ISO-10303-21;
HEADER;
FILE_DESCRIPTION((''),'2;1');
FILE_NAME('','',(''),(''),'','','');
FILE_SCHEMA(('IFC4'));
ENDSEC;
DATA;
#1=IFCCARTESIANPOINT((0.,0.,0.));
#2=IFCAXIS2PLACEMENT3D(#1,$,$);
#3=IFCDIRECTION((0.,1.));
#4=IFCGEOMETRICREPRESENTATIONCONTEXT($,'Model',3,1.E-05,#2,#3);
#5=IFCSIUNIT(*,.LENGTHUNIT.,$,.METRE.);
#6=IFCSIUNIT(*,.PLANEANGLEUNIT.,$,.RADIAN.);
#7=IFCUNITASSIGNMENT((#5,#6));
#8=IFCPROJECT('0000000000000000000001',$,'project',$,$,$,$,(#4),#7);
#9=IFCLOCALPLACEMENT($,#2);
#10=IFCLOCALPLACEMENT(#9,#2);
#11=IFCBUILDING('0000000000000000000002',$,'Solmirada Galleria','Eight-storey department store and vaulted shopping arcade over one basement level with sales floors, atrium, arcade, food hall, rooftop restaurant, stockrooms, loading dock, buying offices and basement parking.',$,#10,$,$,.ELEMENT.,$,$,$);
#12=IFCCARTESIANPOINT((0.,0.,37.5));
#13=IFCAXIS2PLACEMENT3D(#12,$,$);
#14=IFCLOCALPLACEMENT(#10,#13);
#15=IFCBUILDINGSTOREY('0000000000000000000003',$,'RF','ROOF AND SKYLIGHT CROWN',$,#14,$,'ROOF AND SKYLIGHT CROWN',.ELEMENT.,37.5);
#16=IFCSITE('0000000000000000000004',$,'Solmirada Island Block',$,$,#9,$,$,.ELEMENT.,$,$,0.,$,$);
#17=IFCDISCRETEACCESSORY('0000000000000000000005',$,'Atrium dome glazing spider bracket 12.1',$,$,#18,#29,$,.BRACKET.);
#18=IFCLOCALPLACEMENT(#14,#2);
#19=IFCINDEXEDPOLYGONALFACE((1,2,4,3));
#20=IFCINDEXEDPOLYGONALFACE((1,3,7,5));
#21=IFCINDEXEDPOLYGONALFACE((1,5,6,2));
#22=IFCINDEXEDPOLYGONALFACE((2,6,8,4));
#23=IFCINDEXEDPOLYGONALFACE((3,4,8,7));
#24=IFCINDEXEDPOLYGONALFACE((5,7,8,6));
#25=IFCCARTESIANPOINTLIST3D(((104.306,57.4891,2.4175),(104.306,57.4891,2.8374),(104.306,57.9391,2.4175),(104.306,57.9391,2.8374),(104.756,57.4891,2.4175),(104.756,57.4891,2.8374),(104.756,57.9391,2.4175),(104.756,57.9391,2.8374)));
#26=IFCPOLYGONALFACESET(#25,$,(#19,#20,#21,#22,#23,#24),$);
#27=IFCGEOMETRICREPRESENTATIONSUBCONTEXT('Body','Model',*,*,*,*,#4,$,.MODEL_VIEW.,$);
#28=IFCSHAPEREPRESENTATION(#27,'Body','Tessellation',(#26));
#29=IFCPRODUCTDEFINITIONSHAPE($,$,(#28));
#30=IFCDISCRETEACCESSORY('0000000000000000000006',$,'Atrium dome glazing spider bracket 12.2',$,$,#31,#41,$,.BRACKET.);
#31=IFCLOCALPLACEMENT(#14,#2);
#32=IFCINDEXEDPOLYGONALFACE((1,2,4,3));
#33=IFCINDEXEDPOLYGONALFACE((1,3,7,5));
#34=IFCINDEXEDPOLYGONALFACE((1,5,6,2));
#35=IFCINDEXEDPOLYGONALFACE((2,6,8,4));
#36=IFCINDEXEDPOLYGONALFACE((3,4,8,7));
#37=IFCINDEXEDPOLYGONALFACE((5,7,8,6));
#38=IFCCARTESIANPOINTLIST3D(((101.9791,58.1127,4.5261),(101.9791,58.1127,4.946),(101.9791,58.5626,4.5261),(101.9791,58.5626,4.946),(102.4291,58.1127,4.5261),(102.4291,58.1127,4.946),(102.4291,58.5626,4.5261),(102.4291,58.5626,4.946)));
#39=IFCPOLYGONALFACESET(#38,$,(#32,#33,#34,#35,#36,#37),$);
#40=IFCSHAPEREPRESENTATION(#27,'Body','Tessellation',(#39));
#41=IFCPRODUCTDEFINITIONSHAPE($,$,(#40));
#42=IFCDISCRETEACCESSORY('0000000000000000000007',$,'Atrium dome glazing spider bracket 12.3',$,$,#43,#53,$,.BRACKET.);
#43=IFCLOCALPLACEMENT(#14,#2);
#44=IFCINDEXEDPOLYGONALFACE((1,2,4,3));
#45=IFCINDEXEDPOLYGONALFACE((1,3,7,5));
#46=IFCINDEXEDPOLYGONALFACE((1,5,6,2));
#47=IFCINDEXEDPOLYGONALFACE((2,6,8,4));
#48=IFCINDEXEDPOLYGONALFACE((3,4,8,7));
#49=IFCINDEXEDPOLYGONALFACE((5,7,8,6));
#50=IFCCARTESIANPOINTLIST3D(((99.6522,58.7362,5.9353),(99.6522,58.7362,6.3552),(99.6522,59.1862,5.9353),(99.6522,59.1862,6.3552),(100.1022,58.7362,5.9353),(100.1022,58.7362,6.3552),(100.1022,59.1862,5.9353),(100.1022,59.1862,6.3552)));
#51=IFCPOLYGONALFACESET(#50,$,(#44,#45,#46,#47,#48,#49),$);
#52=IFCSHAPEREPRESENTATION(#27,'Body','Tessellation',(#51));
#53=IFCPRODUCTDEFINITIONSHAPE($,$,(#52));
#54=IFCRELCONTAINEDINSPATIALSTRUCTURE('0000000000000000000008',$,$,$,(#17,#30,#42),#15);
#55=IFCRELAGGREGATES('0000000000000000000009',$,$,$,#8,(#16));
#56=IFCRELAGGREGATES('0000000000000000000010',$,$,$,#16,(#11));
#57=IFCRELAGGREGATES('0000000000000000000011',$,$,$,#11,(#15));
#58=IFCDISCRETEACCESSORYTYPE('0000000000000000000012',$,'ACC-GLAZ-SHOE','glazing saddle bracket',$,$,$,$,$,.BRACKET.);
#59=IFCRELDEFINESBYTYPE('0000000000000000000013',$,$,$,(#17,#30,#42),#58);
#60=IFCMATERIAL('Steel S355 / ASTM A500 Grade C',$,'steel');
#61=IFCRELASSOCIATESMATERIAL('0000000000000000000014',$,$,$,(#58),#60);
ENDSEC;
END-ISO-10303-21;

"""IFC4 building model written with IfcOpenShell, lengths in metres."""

from ifc_helpers import new_model, si_unit, direction, frame, origin, origin_2d, place, context, subcontext, project, spatial, rectangle, extrude, material, type_object, element, save


model = new_model("IFC4")

# Units and contexts
model_context = context("Model", 3, precision=1e-05, world=origin(), true_north=direction((0.0, 1.0)))
body_context = subcontext(model_context, "Body", "Model", "MODEL_VIEW")
ifc_project = project(units=[si_unit("LENGTHUNIT", "METRE"), si_unit("PLANEANGLEUNIT", "RADIAN")], contexts=[model_context])

# Site, building, storey
site_placement = place(None, origin())
site = spatial("IfcSite", under=ifc_project, at=site_placement, Name="Solmirada Island Block", CompositionType="ELEMENT", RefElevation=0.0)
building_placement = place(site_placement, origin())
building = spatial("IfcBuilding", under=site, at=building_placement, Name="Solmirada Galleria", Description="Eight-storey department store and vaulted shopping arcade over one basement level with sales floors, atrium, arcade, food hall, rooftop restaurant, stockrooms, loading dock, buying offices and basement parking.", CompositionType="ELEMENT")
storey_placement = place(building_placement, frame((0.0, 0.0, 37.5)))
storey = spatial("IfcBuildingStorey", under=building, at=storey_placement, Name="RF", Description="ROOF AND SKYLIGHT CROWN", LongName="ROOF AND SKYLIGHT CROWN", CompositionType="ELEMENT", Elevation=37.5)

# Shared definitions
ifc_material_1 = material(Name="Steel S355 / ASTM A500 Grade C", Category="steel")

# Discrete accessories
discrete_accessory_type = type_object("IfcDiscreteAccessoryType", Name="ACC-GLAZ-SHOE", Description="glazing saddle bracket", PredefinedType="BRACKET", material=ifc_material_1)
for number, where, z_axis, x_axis, name in (
    (1, (104.531, 57.7141, 2.4175), (0.0, 0.0, 1.0), (1.0, 0.0, 0.0), "Atrium dome glazing spider bracket 12.1"),
    (2, (102.2041, 58.3376, 4.5261), (0.0, 0.0, 1.0), (1.0, 0.0, 0.0), "Atrium dome glazing spider bracket 12.2"),
    (3, (99.8772, 58.9612, 5.9353), (0.0, 0.0, 1.0), (1.0, 0.0, 0.0), "Atrium dome glazing spider bracket 12.3"),
):
    element("IfcDiscreteAccessory", number, at=place(storey_placement, frame(where, z_axis=z_axis, x_axis=x_axis)), inside=storey, type_object=discrete_accessory_type, Name=name, PredefinedType="BRACKET", context=body_context, shape_type="SweptSolid", body=[
        extrude(rectangle(XDim=0.45, YDim=0.45, at=origin_2d()), origin(), (0.0, 0.0, 1.0), 0.4199),
    ])

save(model, "model.ifc")
